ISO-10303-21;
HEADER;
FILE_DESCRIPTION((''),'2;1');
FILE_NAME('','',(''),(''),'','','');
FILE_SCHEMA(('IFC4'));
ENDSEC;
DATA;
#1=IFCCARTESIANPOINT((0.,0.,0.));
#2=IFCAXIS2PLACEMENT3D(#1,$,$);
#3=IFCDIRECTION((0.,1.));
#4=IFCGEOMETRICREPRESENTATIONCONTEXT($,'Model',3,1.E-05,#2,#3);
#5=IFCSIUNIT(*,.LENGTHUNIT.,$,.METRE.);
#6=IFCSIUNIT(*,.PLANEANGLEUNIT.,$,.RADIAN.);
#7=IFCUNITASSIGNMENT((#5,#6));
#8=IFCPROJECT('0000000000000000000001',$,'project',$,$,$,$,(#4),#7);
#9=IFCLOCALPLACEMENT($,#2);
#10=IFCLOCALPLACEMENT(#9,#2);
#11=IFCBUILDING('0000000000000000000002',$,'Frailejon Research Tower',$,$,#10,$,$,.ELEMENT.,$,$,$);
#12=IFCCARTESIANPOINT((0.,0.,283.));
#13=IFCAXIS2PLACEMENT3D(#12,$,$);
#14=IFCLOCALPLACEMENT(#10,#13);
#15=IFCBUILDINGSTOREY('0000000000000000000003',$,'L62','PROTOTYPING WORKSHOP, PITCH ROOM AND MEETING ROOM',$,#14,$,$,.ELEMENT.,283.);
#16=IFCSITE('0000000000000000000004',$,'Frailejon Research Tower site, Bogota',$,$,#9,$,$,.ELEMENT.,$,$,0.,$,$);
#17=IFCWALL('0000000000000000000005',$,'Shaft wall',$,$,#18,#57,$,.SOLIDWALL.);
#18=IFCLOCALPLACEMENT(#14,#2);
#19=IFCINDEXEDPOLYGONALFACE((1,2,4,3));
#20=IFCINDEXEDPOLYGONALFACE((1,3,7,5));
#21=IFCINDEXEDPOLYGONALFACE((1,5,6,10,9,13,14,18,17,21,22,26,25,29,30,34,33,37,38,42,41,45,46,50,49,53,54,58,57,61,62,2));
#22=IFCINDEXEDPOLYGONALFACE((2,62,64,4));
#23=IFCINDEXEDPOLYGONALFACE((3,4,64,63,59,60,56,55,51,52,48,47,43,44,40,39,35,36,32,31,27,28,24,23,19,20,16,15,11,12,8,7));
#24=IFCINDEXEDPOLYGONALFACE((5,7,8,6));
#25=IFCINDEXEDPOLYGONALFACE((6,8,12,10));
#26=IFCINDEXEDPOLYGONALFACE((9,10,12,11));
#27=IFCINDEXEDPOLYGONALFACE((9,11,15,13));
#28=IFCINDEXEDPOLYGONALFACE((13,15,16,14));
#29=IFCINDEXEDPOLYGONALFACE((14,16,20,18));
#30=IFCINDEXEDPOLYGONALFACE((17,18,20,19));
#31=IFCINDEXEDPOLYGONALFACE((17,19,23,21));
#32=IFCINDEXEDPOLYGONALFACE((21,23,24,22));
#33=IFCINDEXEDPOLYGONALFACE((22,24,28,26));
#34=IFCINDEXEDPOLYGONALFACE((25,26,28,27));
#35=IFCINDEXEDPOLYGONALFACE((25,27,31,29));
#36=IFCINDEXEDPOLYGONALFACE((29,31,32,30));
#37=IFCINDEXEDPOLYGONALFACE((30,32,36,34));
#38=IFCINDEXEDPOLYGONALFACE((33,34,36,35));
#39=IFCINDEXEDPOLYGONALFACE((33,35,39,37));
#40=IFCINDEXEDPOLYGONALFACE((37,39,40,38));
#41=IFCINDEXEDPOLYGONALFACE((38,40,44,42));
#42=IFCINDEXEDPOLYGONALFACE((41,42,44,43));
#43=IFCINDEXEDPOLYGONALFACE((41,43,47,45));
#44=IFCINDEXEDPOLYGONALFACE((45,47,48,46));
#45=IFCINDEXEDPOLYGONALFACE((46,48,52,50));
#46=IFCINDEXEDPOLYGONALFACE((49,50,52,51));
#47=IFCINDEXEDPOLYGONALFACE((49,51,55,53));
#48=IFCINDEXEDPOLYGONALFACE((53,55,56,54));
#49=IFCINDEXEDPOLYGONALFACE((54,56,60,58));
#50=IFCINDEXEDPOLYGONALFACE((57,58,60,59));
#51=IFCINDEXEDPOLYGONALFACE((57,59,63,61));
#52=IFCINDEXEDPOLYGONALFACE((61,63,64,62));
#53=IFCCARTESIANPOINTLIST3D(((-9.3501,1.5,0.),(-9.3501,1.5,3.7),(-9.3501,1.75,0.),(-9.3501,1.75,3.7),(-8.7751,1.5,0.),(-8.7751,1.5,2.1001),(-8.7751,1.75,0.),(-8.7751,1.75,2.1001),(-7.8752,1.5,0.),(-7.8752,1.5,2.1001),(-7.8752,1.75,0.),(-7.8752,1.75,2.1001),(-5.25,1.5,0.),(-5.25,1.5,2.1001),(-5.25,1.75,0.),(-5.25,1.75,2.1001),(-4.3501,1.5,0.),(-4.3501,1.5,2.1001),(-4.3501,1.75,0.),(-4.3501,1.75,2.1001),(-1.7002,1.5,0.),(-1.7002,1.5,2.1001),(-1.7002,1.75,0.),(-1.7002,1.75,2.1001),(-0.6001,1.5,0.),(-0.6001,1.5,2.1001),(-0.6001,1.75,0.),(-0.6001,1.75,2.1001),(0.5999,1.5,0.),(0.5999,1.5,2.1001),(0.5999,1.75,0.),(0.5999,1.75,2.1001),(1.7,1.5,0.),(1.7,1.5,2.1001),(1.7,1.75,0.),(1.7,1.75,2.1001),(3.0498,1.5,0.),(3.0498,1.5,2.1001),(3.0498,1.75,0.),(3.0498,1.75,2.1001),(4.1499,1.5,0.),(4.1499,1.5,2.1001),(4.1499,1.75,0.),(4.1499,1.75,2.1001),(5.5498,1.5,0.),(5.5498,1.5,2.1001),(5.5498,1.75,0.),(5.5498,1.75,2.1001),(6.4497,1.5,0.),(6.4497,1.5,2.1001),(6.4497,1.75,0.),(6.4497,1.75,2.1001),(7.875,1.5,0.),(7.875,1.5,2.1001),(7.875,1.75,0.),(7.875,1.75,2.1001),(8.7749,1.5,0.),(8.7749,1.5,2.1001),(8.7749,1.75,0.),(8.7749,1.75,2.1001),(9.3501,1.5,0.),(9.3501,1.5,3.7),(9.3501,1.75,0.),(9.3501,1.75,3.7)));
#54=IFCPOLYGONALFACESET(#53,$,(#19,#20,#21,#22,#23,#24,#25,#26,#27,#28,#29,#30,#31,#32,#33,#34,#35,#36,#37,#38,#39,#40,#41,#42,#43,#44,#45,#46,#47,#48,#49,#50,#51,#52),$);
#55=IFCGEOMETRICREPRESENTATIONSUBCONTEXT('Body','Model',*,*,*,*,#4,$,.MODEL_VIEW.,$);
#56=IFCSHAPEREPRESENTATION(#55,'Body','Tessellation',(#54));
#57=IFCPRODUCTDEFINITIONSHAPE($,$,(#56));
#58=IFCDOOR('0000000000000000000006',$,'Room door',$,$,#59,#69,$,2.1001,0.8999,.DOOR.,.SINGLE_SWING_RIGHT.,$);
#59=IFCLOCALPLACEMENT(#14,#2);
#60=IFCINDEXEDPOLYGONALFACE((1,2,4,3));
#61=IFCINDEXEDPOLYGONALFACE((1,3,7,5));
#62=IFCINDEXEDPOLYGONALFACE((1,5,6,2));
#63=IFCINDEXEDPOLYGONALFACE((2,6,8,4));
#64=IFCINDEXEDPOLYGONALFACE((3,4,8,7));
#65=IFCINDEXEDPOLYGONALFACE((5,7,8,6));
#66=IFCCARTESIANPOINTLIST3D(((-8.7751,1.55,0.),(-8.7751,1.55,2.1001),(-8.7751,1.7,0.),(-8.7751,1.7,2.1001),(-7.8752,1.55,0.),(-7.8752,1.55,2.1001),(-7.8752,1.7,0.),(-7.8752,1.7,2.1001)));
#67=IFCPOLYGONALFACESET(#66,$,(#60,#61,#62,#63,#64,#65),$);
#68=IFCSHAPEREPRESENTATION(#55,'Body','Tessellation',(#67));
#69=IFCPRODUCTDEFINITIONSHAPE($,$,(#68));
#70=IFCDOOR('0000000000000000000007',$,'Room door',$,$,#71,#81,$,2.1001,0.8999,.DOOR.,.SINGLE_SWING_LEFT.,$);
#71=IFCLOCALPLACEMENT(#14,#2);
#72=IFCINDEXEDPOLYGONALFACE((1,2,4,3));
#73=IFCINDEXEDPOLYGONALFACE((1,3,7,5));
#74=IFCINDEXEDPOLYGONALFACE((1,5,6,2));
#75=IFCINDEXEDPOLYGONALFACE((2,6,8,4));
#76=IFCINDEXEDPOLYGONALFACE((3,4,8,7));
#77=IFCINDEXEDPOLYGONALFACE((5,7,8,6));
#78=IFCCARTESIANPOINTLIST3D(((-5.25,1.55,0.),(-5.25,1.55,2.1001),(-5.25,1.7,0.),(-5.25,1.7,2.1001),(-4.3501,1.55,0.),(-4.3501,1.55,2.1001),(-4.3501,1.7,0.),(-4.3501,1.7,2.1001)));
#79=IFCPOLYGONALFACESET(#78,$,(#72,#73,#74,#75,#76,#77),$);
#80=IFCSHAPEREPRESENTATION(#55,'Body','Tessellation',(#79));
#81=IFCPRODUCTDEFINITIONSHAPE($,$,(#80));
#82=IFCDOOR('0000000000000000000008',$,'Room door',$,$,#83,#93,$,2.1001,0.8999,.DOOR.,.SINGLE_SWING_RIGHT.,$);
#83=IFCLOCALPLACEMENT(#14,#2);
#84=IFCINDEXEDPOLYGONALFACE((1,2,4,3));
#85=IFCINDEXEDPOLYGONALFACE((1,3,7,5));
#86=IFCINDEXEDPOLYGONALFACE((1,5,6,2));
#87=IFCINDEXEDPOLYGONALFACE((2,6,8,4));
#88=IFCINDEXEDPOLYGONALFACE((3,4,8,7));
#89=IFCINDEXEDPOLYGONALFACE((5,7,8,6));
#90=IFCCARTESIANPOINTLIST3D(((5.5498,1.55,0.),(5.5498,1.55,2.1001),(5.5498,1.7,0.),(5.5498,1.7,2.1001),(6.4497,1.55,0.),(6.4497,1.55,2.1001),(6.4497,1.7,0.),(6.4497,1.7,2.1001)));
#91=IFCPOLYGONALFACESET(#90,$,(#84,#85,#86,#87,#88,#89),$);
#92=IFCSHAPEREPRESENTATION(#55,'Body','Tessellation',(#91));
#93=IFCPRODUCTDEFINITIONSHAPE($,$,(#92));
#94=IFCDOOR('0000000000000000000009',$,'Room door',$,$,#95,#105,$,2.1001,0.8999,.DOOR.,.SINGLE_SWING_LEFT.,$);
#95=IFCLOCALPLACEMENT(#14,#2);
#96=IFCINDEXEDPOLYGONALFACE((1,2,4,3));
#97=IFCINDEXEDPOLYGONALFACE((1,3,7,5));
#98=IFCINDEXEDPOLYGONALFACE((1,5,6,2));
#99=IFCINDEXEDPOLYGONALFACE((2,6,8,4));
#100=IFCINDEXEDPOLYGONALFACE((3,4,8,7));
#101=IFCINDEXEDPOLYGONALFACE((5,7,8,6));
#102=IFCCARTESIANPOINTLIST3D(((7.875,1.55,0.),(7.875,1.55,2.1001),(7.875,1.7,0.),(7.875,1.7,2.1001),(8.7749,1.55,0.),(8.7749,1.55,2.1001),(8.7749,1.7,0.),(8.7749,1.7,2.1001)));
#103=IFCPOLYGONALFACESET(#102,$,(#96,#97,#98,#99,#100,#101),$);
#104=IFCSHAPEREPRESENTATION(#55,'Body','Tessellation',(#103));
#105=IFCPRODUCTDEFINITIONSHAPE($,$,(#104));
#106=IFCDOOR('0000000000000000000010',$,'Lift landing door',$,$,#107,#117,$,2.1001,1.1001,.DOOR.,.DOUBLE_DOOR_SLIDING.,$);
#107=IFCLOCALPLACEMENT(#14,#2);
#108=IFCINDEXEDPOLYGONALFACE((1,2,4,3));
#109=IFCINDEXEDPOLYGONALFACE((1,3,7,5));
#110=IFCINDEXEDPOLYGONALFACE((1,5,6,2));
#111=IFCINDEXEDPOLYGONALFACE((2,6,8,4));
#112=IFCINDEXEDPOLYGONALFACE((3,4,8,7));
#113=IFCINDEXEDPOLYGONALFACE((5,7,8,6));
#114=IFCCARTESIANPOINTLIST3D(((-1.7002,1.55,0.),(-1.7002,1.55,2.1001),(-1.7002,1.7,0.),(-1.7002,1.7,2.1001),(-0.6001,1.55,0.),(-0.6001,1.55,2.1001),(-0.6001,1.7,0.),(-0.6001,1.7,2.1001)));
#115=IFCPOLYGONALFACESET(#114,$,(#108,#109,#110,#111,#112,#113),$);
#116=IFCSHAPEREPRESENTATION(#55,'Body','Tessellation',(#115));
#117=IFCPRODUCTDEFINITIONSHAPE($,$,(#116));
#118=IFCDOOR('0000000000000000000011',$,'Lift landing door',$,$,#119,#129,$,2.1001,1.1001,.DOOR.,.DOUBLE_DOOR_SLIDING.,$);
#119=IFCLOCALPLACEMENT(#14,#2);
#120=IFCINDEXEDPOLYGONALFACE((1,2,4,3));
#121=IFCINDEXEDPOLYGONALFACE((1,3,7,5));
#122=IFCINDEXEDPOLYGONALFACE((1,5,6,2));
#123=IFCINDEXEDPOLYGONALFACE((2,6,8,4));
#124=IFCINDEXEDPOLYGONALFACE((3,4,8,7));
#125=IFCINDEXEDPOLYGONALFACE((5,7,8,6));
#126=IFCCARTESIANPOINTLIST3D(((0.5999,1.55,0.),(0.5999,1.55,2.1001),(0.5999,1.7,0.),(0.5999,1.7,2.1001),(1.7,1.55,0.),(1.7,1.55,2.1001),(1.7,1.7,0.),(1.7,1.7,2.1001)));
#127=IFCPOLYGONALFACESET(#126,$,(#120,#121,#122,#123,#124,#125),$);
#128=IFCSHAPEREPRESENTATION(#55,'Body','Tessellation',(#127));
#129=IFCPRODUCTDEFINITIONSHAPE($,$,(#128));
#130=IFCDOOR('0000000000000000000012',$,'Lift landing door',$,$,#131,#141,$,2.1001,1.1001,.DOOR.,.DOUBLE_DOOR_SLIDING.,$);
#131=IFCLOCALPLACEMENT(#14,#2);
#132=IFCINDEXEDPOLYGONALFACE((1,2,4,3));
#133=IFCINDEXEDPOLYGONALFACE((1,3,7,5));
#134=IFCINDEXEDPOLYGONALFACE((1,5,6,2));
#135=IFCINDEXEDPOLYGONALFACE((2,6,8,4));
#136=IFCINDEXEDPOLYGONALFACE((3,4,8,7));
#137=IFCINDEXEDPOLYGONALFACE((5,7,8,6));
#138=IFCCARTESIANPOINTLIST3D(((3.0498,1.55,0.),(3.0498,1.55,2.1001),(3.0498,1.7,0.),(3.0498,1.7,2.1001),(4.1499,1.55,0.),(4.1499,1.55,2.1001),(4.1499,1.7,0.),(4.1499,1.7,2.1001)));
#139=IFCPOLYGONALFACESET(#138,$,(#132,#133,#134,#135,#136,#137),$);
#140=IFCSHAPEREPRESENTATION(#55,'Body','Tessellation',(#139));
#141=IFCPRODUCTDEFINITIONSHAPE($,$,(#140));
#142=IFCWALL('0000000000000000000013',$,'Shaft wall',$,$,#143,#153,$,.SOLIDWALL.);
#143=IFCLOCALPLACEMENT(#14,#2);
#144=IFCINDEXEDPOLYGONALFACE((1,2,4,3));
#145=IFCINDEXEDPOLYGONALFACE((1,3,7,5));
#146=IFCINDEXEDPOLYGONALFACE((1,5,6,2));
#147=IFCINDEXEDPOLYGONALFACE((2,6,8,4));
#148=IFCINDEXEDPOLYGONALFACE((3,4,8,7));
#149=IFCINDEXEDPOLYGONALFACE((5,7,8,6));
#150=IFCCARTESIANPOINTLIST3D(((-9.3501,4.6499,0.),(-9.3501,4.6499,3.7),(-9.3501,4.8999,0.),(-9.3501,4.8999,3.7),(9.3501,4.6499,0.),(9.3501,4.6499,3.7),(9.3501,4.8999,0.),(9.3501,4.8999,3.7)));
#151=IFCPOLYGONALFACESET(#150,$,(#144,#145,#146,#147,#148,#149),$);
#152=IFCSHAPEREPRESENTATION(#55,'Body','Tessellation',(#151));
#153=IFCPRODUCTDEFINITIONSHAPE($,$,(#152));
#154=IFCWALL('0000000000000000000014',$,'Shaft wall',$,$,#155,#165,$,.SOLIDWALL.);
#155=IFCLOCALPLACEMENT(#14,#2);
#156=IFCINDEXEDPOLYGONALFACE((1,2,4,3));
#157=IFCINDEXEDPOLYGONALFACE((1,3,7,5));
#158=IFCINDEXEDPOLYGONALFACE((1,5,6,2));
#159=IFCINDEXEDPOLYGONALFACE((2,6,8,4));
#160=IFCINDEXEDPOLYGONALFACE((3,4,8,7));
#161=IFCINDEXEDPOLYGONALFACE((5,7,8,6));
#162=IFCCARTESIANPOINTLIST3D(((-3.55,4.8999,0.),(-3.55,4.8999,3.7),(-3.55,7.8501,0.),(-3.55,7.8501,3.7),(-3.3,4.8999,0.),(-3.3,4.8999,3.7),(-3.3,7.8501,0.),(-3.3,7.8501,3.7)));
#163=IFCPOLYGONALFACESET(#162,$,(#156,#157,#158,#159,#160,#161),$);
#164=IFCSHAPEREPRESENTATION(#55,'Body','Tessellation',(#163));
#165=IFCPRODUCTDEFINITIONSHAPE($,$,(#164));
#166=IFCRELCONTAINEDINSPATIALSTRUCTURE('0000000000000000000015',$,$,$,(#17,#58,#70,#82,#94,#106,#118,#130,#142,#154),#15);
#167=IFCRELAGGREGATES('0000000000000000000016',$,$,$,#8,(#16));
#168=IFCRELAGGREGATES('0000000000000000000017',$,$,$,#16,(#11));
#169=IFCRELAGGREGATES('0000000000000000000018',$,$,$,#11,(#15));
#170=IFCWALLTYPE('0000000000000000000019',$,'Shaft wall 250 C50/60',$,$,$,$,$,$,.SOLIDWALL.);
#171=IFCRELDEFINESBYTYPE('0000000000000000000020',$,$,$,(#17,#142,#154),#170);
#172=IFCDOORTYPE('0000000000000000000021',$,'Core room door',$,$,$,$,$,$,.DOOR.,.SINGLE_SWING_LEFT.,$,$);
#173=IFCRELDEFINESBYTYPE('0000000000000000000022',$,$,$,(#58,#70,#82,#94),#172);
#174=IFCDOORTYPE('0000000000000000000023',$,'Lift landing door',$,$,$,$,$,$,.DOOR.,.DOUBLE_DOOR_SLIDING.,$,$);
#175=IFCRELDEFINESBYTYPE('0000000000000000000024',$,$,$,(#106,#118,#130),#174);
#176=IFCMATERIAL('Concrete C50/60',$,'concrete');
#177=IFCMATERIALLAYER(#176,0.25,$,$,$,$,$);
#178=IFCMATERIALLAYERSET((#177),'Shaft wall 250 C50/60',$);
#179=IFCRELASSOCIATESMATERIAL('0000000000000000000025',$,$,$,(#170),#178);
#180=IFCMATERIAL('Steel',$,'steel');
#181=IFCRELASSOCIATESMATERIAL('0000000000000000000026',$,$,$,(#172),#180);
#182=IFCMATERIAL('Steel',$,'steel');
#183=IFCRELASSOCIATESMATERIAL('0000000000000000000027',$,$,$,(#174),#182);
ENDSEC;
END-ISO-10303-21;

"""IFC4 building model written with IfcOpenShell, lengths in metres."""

from ifc_helpers import new_model, si_unit, direction, frame, frame_2d, origin, place, context, subcontext, project, spatial, rectangle, extrude, material, layer, layer_set, type_object, element, fill, save


model = new_model("IFC4")

# Units and contexts
model_context = context("Model", 3, precision=1e-05, world=origin(), true_north=direction((0.0, 1.0)))
body_context = subcontext(model_context, "Body", "Model", "MODEL_VIEW")
ifc_project = project(units=[si_unit("LENGTHUNIT", "METRE"), si_unit("PLANEANGLEUNIT", "RADIAN")], contexts=[model_context])

# Site, building, storey
site_placement = place(None, origin())
site = spatial("IfcSite", under=ifc_project, at=site_placement, Name="Frailejon Research Tower site, Bogota", CompositionType="ELEMENT", RefElevation=0.0)
building_placement = place(site_placement, origin())
building = spatial("IfcBuilding", under=site, at=building_placement, Name="Frailejon Research Tower", CompositionType="ELEMENT")
storey_placement = place(building_placement, frame((0.0, 0.0, 283.0)))
storey = spatial("IfcBuildingStorey", under=building, at=storey_placement, Name="L62", Description="PROTOTYPING WORKSHOP, PITCH ROOM AND MEETING ROOM", CompositionType="ELEMENT", Elevation=283.0)

# Wall, openings, doors
ifc_material_1 = material(Name="Concrete C50/60", Category="concrete")
ifc_layer_1 = layer(ifc_material_1, 0.25)
ifc_layer_set_1 = layer_set([ifc_layer_1], Name="Shaft wall 250 C50/60")
wall_type_1 = type_object("IfcWallType", Name="Shaft wall 250 C50/60", PredefinedType="SOLIDWALL", material=ifc_layer_set_1)
wall_1_placement = place(storey_placement, frame((-9.3501, 1.625, 0.0), z_axis=(0.0, 0.0, 1.0), x_axis=(1.0, 0.0, 0.0)))
wall_1 = element("IfcWall", 1, at=wall_1_placement, inside=storey, type_object=wall_type_1, Name="Shaft wall", PredefinedType="SOLIDWALL", context=body_context, shape_type="SweptSolid", body=[
    extrude(rectangle(XDim=18.7002, YDim=0.25, at=frame_2d((9.3501, 0.0))), origin(), (0.0, 0.0, 1.0), 3.7),
])
opening_1_placement = place(wall_1_placement, frame((7.6499, 0.0, 0.0)))
opening_1 = element("IfcOpeningElement", 2, at=opening_1_placement, cuts=wall_1, PredefinedType="OPENING", context=body_context, shape_type="SweptSolid", body=[
    extrude(rectangle(XDim=1.1001, YDim=2.1001, at=frame_2d((0.55, 1.05))), frame((0.0, 0.135, 0.0), z_axis=(0.0, -1.0, 0.0), x_axis=(1.0, 0.0, 0.0)), (0.0, 0.0, 1.0), 0.27),
])
opening_2_placement = place(wall_1_placement, frame((9.95, 0.0, 0.0)))
opening_2 = element("IfcOpeningElement", 3, at=opening_2_placement, cuts=wall_1, PredefinedType="OPENING", context=body_context, shape_type="SweptSolid", body=[
    extrude(rectangle(XDim=1.1001, YDim=2.1001, at=frame_2d((0.55, 1.05))), frame((0.0, 0.135, 0.0), z_axis=(0.0, -1.0, 0.0), x_axis=(1.0, 0.0, 0.0)), (0.0, 0.0, 1.0), 0.27),
])
opening_3_placement = place(wall_1_placement, frame((12.3999, 0.0, 0.0)))
opening_3 = element("IfcOpeningElement", 4, at=opening_3_placement, cuts=wall_1, PredefinedType="OPENING", context=body_context, shape_type="SweptSolid", body=[
    extrude(rectangle(XDim=1.1001, YDim=2.1001, at=frame_2d((0.55, 1.05))), frame((0.0, 0.135, 0.0), z_axis=(0.0, -1.0, 0.0), x_axis=(1.0, 0.0, 0.0)), (0.0, 0.0, 1.0), 0.27),
])
opening_4_placement = place(wall_1_placement, frame((0.575, 0.0, 0.0)))
opening_4 = element("IfcOpeningElement", 5, at=opening_4_placement, cuts=wall_1, PredefinedType="OPENING", context=body_context, shape_type="SweptSolid", body=[
    extrude(rectangle(XDim=0.8999, YDim=2.1001, at=frame_2d((0.45, 1.05))), frame((0.0, 0.135, 0.0), z_axis=(0.0, -1.0, 0.0), x_axis=(1.0, 0.0, 0.0)), (0.0, 0.0, 1.0), 0.27),
])
opening_5_placement = place(wall_1_placement, frame((4.1001, 0.0, 0.0)))
opening_5 = element("IfcOpeningElement", 6, at=opening_5_placement, cuts=wall_1, PredefinedType="OPENING", context=body_context, shape_type="SweptSolid", body=[
    extrude(rectangle(XDim=0.8999, YDim=2.1001, at=frame_2d((0.45, 1.05))), frame((0.0, 0.135, 0.0), z_axis=(0.0, -1.0, 0.0), x_axis=(1.0, 0.0, 0.0)), (0.0, 0.0, 1.0), 0.27),
])
opening_6_placement = place(wall_1_placement, frame((14.8999, 0.0, 0.0)))
opening_6 = element("IfcOpeningElement", 7, at=opening_6_placement, cuts=wall_1, PredefinedType="OPENING", context=body_context, shape_type="SweptSolid", body=[
    extrude(rectangle(XDim=0.8999, YDim=2.1001, at=frame_2d((0.45, 1.05))), frame((0.0, 0.135, 0.0), z_axis=(0.0, -1.0, 0.0), x_axis=(1.0, 0.0, 0.0)), (0.0, 0.0, 1.0), 0.27),
])
opening_7_placement = place(wall_1_placement, frame((17.2251, 0.0, 0.0)))
opening_7 = element("IfcOpeningElement", 8, at=opening_7_placement, cuts=wall_1, PredefinedType="OPENING", context=body_context, shape_type="SweptSolid", body=[
    extrude(rectangle(XDim=0.8999, YDim=2.1001, at=frame_2d((0.45, 1.05))), frame((0.0, 0.135, 0.0), z_axis=(0.0, -1.0, 0.0), x_axis=(1.0, 0.0, 0.0)), (0.0, 0.0, 1.0), 0.27),
])
ifc_material_2 = material(Name="Steel", Category="steel")
door_type_1 = type_object("IfcDoorType", Name="Core room door", OperationType="SINGLE_SWING_LEFT", PredefinedType="DOOR", material=ifc_material_2)
door_1_placement = place(opening_4_placement, origin())
door_1 = element("IfcDoor", 9, at=door_1_placement, inside=storey, type_object=door_type_1, Name="Room door", OperationType="SINGLE_SWING_RIGHT", OverallHeight=2.1001, OverallWidth=0.8999, PredefinedType="DOOR", context=body_context, shape_type="SweptSolid", body=[
    extrude(rectangle(XDim=0.8999, YDim=2.1001, at=frame_2d((0.45, 1.05))), frame((0.0, 0.075, 0.0), z_axis=(0.0, -1.0, 0.0), x_axis=(1.0, 0.0, 0.0)), (0.0, 0.0, 1.0), 0.1499),
])
fill(opening_4, door_1)
door_2_placement = place(opening_5_placement, origin())
door_2 = element("IfcDoor", 10, at=door_2_placement, inside=storey, type_object=door_type_1, Name="Room door", OperationType="SINGLE_SWING_LEFT", OverallHeight=2.1001, OverallWidth=0.8999, PredefinedType="DOOR", context=body_context, shape_type="SweptSolid", body=[
    extrude(rectangle(XDim=0.8999, YDim=2.1001, at=frame_2d((0.45, 1.05))), frame((0.0, 0.075, 0.0), z_axis=(0.0, -1.0, 0.0), x_axis=(1.0, 0.0, 0.0)), (0.0, 0.0, 1.0), 0.1499),
])
fill(opening_5, door_2)
door_3_placement = place(opening_6_placement, origin())
door_3 = element("IfcDoor", 11, at=door_3_placement, inside=storey, type_object=door_type_1, Name="Room door", OperationType="SINGLE_SWING_RIGHT", OverallHeight=2.1001, OverallWidth=0.8999, PredefinedType="DOOR", context=body_context, shape_type="SweptSolid", body=[
    extrude(rectangle(XDim=0.8999, YDim=2.1001, at=frame_2d((0.45, 1.05))), frame((0.0, 0.075, 0.0), z_axis=(0.0, -1.0, 0.0), x_axis=(1.0, 0.0, 0.0)), (0.0, 0.0, 1.0), 0.1499),
])
fill(opening_6, door_3)
door_4_placement = place(opening_7_placement, origin())
door_4 = element("IfcDoor", 12, at=door_4_placement, inside=storey, type_object=door_type_1, Name="Room door", OperationType="SINGLE_SWING_LEFT", OverallHeight=2.1001, OverallWidth=0.8999, PredefinedType="DOOR", context=body_context, shape_type="SweptSolid", body=[
    extrude(rectangle(XDim=0.8999, YDim=2.1001, at=frame_2d((0.45, 1.05))), frame((0.0, 0.075, 0.0), z_axis=(0.0, -1.0, 0.0), x_axis=(1.0, 0.0, 0.0)), (0.0, 0.0, 1.0), 0.1499),
])
fill(opening_7, door_4)
ifc_material_3 = material(Name="Steel", Category="steel")
door_type_2 = type_object("IfcDoorType", Name="Lift landing door", OperationType="DOUBLE_DOOR_SLIDING", PredefinedType="DOOR", material=ifc_material_3)
door_5_placement = place(opening_1_placement, origin())
door_5 = element("IfcDoor", 13, at=door_5_placement, inside=storey, type_object=door_type_2, Name="Lift landing door", OperationType="DOUBLE_DOOR_SLIDING", OverallHeight=2.1001, OverallWidth=1.1001, PredefinedType="DOOR", context=body_context, shape_type="SweptSolid", body=[
    extrude(rectangle(XDim=1.1001, YDim=2.1001, at=frame_2d((0.55, 1.05))), frame((0.0, 0.075, 0.0), z_axis=(0.0, -1.0, 0.0), x_axis=(1.0, 0.0, 0.0)), (0.0, 0.0, 1.0), 0.1499),
])
fill(opening_1, door_5)
door_6_placement = place(opening_2_placement, origin())
door_6 = element("IfcDoor", 14, at=door_6_placement, inside=storey, type_object=door_type_2, Name="Lift landing door", OperationType="DOUBLE_DOOR_SLIDING", OverallHeight=2.1001, OverallWidth=1.1001, PredefinedType="DOOR", context=body_context, shape_type="SweptSolid", body=[
    extrude(rectangle(XDim=1.1001, YDim=2.1001, at=frame_2d((0.55, 1.05))), frame((0.0, 0.075, 0.0), z_axis=(0.0, -1.0, 0.0), x_axis=(1.0, 0.0, 0.0)), (0.0, 0.0, 1.0), 0.1499),
])
fill(opening_2, door_6)
door_7_placement = place(opening_3_placement, origin())
door_7 = element("IfcDoor", 15, at=door_7_placement, inside=storey, type_object=door_type_2, Name="Lift landing door", OperationType="DOUBLE_DOOR_SLIDING", OverallHeight=2.1001, OverallWidth=1.1001, PredefinedType="DOOR", context=body_context, shape_type="SweptSolid", body=[
    extrude(rectangle(XDim=1.1001, YDim=2.1001, at=frame_2d((0.55, 1.05))), frame((0.0, 0.075, 0.0), z_axis=(0.0, -1.0, 0.0), x_axis=(1.0, 0.0, 0.0)), (0.0, 0.0, 1.0), 0.1499),
])
fill(opening_3, door_7)

# Walls
wall_2_placement = place(storey_placement, frame((-9.3501, 4.7749, 0.0), z_axis=(0.0, 0.0, 1.0), x_axis=(1.0, 0.0, 0.0)))
element("IfcWall", 16, at=wall_2_placement, inside=storey, type_object=wall_type_1, Name="Shaft wall", PredefinedType="SOLIDWALL", context=body_context, shape_type="SweptSolid", body=[
    extrude(rectangle(XDim=18.7002, YDim=0.25, at=frame_2d((9.3501, 0.0))), origin(), (0.0, 0.0, 1.0), 3.7),
])
wall_3_placement = place(storey_placement, frame((-3.425, 4.8999, 0.0), z_axis=(0.0, 0.0, 1.0), x_axis=(0.0, 1.0, 0.0)))
element("IfcWall", 17, at=wall_3_placement, inside=storey, type_object=wall_type_1, Name="Shaft wall", PredefinedType="SOLIDWALL", context=body_context, shape_type="SweptSolid", body=[
    extrude(rectangle(XDim=2.9502, YDim=0.25, at=frame_2d((1.4751, 0.0))), origin(), (0.0, 0.0, 1.0), 3.7),
])

save(model, "model.ifc")
